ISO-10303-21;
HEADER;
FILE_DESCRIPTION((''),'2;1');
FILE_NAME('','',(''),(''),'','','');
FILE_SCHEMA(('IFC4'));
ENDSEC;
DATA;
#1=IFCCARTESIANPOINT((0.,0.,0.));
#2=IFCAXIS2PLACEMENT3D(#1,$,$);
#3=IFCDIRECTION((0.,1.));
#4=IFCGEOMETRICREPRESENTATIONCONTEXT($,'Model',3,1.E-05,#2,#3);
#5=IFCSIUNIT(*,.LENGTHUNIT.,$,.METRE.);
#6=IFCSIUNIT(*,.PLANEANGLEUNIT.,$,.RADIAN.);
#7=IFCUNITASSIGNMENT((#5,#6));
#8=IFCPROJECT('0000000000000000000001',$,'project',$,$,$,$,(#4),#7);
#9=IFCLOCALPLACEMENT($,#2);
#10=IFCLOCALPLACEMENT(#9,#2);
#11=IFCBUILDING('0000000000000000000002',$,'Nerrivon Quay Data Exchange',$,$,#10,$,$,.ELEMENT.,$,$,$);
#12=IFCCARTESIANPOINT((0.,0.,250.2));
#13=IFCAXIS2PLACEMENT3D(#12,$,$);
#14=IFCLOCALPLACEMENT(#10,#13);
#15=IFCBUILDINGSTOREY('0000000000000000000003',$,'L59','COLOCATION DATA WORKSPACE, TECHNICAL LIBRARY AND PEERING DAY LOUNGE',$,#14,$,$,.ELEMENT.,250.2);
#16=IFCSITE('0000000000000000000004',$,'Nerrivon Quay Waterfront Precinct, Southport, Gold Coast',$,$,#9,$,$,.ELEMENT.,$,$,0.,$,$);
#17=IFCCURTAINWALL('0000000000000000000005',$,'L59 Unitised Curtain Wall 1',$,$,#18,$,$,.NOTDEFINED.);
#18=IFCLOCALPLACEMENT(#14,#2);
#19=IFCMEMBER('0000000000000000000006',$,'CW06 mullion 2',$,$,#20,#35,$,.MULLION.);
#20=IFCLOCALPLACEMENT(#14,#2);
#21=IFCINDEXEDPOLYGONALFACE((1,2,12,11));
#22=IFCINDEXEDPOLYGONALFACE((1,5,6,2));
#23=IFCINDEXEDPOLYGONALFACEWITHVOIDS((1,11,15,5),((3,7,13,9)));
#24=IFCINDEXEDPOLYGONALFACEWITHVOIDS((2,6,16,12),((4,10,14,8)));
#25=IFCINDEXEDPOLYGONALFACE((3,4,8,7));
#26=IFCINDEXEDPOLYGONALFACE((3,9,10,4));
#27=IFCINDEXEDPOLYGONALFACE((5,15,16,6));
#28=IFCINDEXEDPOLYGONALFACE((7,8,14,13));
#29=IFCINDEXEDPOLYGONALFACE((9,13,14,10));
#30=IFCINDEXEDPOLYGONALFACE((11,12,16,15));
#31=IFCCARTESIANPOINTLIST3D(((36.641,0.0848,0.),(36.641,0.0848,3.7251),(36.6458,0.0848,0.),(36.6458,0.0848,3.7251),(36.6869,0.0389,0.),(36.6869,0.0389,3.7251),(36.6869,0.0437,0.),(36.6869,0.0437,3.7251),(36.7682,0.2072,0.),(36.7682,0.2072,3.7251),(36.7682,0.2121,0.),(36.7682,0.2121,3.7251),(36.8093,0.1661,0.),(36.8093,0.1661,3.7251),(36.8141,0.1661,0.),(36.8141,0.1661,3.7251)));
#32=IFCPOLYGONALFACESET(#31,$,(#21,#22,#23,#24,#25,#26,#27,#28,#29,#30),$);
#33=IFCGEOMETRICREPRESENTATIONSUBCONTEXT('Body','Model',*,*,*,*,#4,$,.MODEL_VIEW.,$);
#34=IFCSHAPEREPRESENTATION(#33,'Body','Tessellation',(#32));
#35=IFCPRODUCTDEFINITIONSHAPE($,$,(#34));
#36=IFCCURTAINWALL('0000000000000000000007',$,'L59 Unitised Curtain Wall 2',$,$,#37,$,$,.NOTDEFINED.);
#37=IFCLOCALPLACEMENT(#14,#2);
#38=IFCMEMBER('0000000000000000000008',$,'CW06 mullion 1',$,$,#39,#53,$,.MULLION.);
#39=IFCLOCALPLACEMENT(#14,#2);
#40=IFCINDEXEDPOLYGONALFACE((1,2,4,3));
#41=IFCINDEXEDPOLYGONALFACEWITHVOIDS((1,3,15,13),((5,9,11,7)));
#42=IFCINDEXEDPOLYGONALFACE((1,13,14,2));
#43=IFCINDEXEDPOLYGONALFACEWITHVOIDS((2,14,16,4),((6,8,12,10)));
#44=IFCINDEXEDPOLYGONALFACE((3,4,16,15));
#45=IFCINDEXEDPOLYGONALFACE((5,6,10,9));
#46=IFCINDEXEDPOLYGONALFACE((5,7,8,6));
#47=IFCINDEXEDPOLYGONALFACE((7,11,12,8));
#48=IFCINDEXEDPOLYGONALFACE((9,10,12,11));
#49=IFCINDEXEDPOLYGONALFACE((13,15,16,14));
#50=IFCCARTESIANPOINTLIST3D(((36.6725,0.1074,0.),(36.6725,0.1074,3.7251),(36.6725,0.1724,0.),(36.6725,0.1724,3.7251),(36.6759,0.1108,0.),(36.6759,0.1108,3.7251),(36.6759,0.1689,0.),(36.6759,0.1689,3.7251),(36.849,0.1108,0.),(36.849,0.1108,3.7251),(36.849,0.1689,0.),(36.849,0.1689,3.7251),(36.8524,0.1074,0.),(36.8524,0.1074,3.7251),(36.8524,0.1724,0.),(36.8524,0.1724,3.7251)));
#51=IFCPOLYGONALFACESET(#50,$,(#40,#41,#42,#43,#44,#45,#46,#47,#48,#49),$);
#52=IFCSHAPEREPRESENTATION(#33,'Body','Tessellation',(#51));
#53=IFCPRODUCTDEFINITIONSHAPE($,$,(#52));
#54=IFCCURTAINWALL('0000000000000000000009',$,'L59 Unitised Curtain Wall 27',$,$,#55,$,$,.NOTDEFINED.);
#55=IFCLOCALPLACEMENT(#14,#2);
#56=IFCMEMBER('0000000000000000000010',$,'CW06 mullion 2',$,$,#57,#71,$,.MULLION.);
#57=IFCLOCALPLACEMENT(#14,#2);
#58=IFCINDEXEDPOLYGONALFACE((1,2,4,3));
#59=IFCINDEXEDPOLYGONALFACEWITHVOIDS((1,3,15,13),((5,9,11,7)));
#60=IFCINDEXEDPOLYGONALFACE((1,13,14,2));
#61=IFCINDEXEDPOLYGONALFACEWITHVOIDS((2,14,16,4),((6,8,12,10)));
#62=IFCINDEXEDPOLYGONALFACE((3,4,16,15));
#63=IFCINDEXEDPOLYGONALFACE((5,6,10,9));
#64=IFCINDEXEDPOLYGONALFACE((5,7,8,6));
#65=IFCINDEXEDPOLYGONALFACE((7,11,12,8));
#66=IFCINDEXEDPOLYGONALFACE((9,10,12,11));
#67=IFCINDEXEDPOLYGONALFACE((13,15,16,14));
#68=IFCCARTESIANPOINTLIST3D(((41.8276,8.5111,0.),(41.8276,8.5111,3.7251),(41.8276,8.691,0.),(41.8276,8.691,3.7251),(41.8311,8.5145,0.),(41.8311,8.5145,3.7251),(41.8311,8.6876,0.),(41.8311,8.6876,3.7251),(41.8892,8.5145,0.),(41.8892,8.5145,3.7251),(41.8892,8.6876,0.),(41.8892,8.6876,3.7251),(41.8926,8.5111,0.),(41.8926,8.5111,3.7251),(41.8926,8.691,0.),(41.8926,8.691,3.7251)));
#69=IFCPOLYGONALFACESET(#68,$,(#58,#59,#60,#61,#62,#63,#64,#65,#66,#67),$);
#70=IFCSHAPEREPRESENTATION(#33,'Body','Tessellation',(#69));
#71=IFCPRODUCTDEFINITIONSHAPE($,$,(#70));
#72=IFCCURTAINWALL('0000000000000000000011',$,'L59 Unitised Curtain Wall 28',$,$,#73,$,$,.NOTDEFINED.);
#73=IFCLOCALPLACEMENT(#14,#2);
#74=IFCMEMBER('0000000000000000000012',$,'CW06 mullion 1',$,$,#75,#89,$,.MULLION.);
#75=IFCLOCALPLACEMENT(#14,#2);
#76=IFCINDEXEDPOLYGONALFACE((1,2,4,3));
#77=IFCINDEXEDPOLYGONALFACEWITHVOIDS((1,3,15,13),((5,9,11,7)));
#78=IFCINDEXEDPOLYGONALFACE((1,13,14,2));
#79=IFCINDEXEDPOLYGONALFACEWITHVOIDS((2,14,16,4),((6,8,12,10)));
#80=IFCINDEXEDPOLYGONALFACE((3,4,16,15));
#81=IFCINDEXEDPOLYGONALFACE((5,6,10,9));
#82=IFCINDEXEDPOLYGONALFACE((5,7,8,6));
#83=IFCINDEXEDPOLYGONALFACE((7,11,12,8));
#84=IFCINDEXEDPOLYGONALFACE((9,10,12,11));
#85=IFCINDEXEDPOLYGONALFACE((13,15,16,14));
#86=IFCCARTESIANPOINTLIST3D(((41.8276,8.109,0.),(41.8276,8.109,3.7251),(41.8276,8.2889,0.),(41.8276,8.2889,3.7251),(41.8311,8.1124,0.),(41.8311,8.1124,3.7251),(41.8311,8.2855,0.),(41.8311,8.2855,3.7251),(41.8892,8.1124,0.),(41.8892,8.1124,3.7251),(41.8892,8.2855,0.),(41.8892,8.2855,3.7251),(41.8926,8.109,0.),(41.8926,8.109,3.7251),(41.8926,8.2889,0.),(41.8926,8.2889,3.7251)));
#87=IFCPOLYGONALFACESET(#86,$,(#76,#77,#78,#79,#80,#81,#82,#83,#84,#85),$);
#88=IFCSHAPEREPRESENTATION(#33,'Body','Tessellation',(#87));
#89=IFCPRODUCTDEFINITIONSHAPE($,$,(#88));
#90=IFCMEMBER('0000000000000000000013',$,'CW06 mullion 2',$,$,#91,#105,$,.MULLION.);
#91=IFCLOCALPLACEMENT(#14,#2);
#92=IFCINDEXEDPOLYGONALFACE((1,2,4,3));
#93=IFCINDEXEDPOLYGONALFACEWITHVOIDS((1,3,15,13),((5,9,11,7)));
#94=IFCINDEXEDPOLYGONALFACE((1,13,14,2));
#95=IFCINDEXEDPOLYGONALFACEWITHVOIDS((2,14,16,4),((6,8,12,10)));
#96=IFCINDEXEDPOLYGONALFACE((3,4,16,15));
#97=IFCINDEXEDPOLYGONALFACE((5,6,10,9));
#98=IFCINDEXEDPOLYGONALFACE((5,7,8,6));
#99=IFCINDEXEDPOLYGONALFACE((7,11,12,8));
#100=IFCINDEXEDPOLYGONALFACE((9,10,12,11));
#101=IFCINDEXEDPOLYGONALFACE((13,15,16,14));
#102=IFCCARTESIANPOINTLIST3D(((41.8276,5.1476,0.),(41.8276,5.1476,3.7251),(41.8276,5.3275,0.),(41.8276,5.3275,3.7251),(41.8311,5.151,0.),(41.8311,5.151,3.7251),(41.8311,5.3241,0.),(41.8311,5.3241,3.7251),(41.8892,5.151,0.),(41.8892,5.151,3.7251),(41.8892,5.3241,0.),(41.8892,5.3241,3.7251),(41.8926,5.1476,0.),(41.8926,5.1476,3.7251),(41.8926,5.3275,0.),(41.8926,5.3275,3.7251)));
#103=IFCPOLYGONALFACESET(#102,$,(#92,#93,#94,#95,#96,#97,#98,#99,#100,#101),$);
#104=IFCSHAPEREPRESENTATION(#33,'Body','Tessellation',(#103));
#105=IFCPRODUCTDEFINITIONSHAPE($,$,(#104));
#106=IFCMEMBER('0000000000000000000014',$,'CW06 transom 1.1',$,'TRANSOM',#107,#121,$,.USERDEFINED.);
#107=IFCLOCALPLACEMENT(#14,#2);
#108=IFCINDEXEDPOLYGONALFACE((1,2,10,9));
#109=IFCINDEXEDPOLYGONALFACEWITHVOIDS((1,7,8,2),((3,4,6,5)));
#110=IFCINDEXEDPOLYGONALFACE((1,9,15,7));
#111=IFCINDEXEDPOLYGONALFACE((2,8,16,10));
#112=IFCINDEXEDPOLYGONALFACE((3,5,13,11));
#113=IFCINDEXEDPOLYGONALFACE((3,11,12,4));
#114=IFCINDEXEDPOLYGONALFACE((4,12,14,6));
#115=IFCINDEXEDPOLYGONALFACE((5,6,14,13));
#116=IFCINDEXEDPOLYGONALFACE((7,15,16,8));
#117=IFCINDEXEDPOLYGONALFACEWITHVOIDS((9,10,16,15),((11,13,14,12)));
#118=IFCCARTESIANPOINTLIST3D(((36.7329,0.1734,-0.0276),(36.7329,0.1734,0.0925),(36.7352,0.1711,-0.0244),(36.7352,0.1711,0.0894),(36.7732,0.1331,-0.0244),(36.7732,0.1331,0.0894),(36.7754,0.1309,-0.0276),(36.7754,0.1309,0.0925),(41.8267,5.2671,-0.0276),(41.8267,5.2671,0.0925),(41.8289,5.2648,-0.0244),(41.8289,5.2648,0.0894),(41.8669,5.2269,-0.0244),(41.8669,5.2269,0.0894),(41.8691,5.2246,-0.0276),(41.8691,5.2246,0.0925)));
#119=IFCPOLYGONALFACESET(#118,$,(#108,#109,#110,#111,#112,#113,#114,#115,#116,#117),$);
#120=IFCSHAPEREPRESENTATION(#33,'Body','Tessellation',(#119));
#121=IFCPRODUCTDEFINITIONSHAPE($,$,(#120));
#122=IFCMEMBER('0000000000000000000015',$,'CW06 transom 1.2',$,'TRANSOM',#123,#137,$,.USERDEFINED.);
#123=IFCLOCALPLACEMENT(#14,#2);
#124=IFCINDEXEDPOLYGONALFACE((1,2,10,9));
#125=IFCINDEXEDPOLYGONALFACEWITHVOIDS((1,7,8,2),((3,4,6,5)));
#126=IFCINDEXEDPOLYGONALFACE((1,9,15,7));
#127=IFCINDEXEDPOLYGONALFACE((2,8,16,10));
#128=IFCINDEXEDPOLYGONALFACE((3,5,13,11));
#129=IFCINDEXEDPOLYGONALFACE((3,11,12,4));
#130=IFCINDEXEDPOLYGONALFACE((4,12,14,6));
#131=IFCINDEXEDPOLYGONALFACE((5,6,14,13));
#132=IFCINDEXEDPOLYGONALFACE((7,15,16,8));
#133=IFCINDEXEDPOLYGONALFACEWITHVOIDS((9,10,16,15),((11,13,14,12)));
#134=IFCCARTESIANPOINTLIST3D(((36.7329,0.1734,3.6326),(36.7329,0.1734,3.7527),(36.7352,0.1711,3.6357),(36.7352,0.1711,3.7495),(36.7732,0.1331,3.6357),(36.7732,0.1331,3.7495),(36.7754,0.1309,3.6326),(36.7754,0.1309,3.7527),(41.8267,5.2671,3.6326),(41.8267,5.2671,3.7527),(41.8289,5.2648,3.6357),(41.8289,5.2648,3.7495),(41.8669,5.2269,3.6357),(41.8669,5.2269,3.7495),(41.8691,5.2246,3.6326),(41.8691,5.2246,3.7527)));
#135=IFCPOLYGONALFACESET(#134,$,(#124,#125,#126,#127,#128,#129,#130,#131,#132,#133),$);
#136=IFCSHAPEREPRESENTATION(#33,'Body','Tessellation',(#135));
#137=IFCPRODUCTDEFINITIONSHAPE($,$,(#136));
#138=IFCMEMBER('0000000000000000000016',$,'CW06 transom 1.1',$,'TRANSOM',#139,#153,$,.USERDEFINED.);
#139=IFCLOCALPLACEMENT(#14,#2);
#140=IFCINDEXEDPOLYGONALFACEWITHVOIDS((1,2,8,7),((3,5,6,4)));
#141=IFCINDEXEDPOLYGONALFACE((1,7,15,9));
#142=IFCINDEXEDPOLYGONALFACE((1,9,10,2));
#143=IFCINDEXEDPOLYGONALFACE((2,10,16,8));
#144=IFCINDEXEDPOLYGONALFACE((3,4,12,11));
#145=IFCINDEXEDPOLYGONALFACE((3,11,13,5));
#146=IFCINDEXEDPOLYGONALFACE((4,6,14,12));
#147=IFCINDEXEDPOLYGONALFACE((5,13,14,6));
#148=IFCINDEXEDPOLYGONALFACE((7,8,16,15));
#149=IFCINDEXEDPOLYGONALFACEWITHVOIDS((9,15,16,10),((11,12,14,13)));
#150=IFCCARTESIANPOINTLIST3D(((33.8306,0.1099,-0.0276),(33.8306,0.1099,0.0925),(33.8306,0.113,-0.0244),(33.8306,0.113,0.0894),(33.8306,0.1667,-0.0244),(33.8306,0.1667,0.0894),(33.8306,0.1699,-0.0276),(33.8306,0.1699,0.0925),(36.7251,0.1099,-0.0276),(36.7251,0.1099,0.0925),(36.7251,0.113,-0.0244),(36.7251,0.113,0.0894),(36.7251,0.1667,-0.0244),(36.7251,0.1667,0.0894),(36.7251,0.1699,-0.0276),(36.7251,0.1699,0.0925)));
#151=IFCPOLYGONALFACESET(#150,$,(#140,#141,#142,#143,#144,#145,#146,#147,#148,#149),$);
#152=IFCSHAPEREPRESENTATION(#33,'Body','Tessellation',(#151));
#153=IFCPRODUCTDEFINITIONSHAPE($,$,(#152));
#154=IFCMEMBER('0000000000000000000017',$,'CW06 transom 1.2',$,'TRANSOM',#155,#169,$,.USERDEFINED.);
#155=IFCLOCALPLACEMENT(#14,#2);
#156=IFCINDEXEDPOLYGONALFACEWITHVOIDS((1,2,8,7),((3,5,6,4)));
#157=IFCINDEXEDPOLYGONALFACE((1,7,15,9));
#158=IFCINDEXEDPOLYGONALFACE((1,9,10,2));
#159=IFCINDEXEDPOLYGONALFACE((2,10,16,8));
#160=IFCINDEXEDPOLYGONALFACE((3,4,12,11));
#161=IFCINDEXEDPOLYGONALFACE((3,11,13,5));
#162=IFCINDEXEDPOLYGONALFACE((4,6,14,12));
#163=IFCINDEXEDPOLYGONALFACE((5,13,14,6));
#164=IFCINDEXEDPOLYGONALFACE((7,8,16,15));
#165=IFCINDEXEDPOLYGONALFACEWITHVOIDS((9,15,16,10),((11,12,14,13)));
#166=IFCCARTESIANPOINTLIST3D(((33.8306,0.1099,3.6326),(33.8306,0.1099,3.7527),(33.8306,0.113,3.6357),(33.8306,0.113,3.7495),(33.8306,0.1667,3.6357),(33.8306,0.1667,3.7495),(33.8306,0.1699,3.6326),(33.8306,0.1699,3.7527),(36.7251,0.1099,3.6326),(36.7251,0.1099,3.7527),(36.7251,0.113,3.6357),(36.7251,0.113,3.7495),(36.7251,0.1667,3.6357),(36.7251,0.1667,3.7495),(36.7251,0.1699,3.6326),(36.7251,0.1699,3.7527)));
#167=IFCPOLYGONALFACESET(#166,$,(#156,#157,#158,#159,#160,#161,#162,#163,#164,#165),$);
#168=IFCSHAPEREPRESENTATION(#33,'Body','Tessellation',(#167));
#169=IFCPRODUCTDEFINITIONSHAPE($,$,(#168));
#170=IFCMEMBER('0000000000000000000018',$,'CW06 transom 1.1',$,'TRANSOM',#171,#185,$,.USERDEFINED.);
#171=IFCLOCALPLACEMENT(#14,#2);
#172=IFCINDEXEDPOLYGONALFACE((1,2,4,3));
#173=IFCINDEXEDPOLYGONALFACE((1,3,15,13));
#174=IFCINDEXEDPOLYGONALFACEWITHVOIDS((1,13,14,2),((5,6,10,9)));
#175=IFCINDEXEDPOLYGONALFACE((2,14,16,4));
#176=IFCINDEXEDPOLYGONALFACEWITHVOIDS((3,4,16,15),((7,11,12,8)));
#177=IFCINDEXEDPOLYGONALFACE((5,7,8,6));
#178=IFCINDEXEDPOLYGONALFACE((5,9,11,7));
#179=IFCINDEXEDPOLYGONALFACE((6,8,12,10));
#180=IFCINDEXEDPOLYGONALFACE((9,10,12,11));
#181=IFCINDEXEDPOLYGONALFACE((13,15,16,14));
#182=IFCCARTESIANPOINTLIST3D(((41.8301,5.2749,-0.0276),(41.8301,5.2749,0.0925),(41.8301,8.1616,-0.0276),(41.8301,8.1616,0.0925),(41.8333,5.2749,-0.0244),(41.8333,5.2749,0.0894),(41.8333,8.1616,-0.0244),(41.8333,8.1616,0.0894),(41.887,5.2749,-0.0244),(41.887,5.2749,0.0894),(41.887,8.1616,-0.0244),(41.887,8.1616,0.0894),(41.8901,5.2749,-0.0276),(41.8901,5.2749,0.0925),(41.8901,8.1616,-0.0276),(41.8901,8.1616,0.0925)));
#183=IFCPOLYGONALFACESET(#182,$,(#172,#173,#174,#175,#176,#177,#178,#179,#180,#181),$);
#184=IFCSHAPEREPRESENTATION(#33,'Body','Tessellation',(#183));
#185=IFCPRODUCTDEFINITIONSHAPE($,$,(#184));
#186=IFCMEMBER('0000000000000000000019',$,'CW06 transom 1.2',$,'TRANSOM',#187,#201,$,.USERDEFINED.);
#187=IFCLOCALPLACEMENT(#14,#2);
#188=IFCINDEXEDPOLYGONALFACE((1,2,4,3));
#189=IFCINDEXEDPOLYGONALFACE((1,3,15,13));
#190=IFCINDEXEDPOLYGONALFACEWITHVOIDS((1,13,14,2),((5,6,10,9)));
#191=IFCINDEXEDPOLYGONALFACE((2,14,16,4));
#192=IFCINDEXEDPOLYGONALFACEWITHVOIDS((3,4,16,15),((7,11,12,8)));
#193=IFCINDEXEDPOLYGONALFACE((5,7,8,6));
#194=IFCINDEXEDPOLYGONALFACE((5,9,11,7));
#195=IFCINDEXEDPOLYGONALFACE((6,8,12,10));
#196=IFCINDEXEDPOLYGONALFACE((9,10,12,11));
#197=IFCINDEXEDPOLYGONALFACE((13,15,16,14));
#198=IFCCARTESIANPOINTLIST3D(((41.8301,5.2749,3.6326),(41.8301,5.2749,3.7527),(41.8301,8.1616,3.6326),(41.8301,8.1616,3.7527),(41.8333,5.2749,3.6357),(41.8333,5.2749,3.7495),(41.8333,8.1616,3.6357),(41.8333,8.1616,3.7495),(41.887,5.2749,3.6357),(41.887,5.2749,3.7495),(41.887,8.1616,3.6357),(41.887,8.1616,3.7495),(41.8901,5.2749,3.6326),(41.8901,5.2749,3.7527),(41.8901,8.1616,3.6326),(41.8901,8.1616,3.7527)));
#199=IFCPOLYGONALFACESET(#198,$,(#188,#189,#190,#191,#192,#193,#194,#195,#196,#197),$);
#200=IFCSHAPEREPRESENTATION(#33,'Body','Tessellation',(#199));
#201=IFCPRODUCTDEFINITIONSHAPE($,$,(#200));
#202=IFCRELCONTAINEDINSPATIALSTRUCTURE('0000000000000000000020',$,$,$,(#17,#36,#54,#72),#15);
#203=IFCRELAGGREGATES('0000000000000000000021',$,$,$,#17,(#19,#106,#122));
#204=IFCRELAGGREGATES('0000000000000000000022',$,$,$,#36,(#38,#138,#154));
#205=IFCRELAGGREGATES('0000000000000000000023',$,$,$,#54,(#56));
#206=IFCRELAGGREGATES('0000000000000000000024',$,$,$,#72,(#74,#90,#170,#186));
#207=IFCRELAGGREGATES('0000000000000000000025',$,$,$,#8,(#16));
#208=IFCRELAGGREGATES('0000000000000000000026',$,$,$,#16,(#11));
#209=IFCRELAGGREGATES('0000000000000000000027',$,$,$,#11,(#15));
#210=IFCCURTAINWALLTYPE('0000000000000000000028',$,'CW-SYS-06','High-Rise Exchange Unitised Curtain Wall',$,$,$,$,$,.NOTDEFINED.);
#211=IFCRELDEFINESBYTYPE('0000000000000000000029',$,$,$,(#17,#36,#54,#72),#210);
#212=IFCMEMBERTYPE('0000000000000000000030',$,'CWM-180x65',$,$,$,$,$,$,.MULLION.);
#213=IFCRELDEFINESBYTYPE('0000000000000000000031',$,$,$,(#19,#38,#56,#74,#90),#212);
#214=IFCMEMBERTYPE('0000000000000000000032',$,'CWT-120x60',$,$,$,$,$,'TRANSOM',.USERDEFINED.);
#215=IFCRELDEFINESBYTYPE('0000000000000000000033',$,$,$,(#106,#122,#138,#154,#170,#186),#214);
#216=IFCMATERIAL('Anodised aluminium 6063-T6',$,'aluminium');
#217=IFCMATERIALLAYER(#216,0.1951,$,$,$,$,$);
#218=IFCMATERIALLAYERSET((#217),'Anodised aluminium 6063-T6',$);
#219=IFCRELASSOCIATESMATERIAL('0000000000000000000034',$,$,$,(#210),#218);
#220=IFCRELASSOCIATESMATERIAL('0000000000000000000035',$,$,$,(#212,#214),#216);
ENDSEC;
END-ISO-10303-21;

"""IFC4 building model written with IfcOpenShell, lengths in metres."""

from ifc_helpers import new_model, si_unit, direction, frame, origin, origin_2d, place, context, subcontext, project, spatial, hollow_rectangle, extrude, material, layer, layer_set, material_profile, profile_set, type_object, element, aggregate, save


model = new_model("IFC4")

# Units and contexts
model_context = context("Model", 3, precision=1e-05, world=origin(), true_north=direction((0.0, 1.0)))
body_context = subcontext(model_context, "Body", "Model", "MODEL_VIEW")
ifc_project = project(units=[si_unit("LENGTHUNIT", "METRE"), si_unit("PLANEANGLEUNIT", "RADIAN")], contexts=[model_context])

# Site, building, storey
site_placement = place(None, origin())
site = spatial("IfcSite", under=ifc_project, at=site_placement, Name="Nerrivon Quay Waterfront Precinct, Southport, Gold Coast", CompositionType="ELEMENT", RefElevation=0.0)
building_placement = place(site_placement, origin())
building = spatial("IfcBuilding", under=site, at=building_placement, Name="Nerrivon Quay Data Exchange", CompositionType="ELEMENT")
storey_placement = place(building_placement, frame((0.0, 0.0, 250.2)))
storey = spatial("IfcBuildingStorey", under=building, at=storey_placement, Name="L59", Description="COLOCATION DATA WORKSPACE, TECHNICAL LIBRARY AND PEERING DAY LOUNGE", CompositionType="ELEMENT", Elevation=250.2)

# Curtain wall, member
ifc_material_1 = material(Name="Anodised aluminium 6063-T6", Category="aluminium")
ifc_layer_1 = layer(ifc_material_1, 0.1951)
ifc_layer_set_1 = layer_set([ifc_layer_1], Name="Anodised aluminium 6063-T6")
curtain_wall_type = type_object("IfcCurtainWallType", Name="CW-SYS-06", Description="High-Rise Exchange Unitised Curtain Wall", PredefinedType="NOTDEFINED", material=ifc_layer_set_1)
curtain_wall_1_placement = place(storey_placement, origin())
curtain_wall_1 = element("IfcCurtainWall", 1, at=curtain_wall_1_placement, inside=storey, type_object=curtain_wall_type, Name="L59 Unitised Curtain Wall 1", PredefinedType="NOTDEFINED")
ifc_material_profile_1 = material_profile(ifc_material_1, hollow_rectangle(XDim=0.0649, YDim=0.1799, WallThickness=0.0034, at=origin_2d()), Name="ALU-MULL-180x65")
ifc_profile_set_1 = profile_set([ifc_material_profile_1], Name="Anodised aluminium 6063-T6")
member_type_1 = type_object("IfcMemberType", Name="CWM-180x65", PredefinedType="MULLION", material=ifc_profile_set_1)
member_1_placement = place(storey_placement, frame((36.7275, 0.1255, 0.0), z_axis=(0.0, 0.0, 1.0), x_axis=(0.707107, -0.707107, 0.0)))
member_1 = element("IfcMember", 2, at=member_1_placement, type_object=member_type_1, Name="CW06 mullion 2", PredefinedType="MULLION", context=body_context, shape_type="SweptSolid", body=[
    extrude(hollow_rectangle(XDim=0.0649, YDim=0.1799, WallThickness=0.0034, at=origin_2d()), origin(), (0.0, 0.0, 1.0), 3.7251),
])

# Curtain walls, members
curtain_wall_2_placement = place(storey_placement, origin())
curtain_wall_2 = element("IfcCurtainWall", 3, at=curtain_wall_2_placement, inside=storey, type_object=curtain_wall_type, Name="L59 Unitised Curtain Wall 2", PredefinedType="NOTDEFINED")
member_2_placement = place(storey_placement, frame((36.7625, 0.1399, 0.0), z_axis=(0.0, 0.0, 1.0), x_axis=(0.0, -1.0, 0.0)))
member_2 = element("IfcMember", 4, at=member_2_placement, type_object=member_type_1, Name="CW06 mullion 1", PredefinedType="MULLION", context=body_context, shape_type="SweptSolid", body=[
    extrude(hollow_rectangle(XDim=0.0649, YDim=0.1799, WallThickness=0.0034, at=origin_2d()), origin(), (0.0, 0.0, 1.0), 3.7251),
])
curtain_wall_3_placement = place(storey_placement, origin())
curtain_wall_3 = element("IfcCurtainWall", 5, at=curtain_wall_3_placement, inside=storey, type_object=curtain_wall_type, Name="L59 Unitised Curtain Wall 27", PredefinedType="NOTDEFINED")
member_3_placement = place(storey_placement, frame((41.8601, 8.6011, 0.0), z_axis=(0.0, 0.0, 1.0), x_axis=(1.0, 0.0, 0.0)))
member_3 = element("IfcMember", 6, at=member_3_placement, type_object=member_type_1, Name="CW06 mullion 2", PredefinedType="MULLION", context=body_context, shape_type="SweptSolid", body=[
    extrude(hollow_rectangle(XDim=0.0649, YDim=0.1799, WallThickness=0.0034, at=origin_2d()), origin(), (0.0, 0.0, 1.0), 3.7251),
])

# Curtain wall, members
curtain_wall_4_placement = place(storey_placement, origin())
curtain_wall_4 = element("IfcCurtainWall", 7, at=curtain_wall_4_placement, inside=storey, type_object=curtain_wall_type, Name="L59 Unitised Curtain Wall 28", PredefinedType="NOTDEFINED")
member_4_placement = place(storey_placement, frame((41.8601, 8.199, 0.0), z_axis=(0.0, 0.0, 1.0), x_axis=(1.0, 0.0, 0.0)))
member_4 = element("IfcMember", 8, at=member_4_placement, type_object=member_type_1, Name="CW06 mullion 1", PredefinedType="MULLION", context=body_context, shape_type="SweptSolid", body=[
    extrude(hollow_rectangle(XDim=0.0649, YDim=0.1799, WallThickness=0.0034, at=origin_2d()), origin(), (0.0, 0.0, 1.0), 3.7251),
])
member_5_placement = place(storey_placement, frame((41.8601, 5.2375, 0.0), z_axis=(0.0, 0.0, 1.0), x_axis=(1.0, 0.0, 0.0)))
member_5 = element("IfcMember", 9, at=member_5_placement, type_object=member_type_1, Name="CW06 mullion 2", PredefinedType="MULLION", context=body_context, shape_type="SweptSolid", body=[
    extrude(hollow_rectangle(XDim=0.0649, YDim=0.1799, WallThickness=0.0034, at=origin_2d()), origin(), (0.0, 0.0, 1.0), 3.7251),
])

# Members
ifc_material_profile_2 = material_profile(ifc_material_1, hollow_rectangle(XDim=0.0601, YDim=0.1201, WallThickness=0.0032, at=origin_2d()), Name="ALU-TRAN-120x60")
ifc_profile_set_2 = profile_set([ifc_material_profile_2], Name="Anodised aluminium 6063-T6")
member_type_2 = type_object("IfcMemberType", Name="CWT-120x60", ElementType="TRANSOM", PredefinedType="USERDEFINED", material=ifc_profile_set_2)
member_6_placement = place(storey_placement, frame((41.8479, 5.2458, 0.0325), z_axis=(-0.707107, -0.707107, 0.0), x_axis=(0.707107, -0.707107, 0.0)))
member_6 = element("IfcMember", 10, at=member_6_placement, type_object=member_type_2, Name="CW06 transom 1.1", ObjectType="TRANSOM", PredefinedType="USERDEFINED", context=body_context, shape_type="SweptSolid", body=[
    extrude(hollow_rectangle(XDim=0.0601, YDim=0.1201, WallThickness=0.0032, at=origin_2d()), origin(), (0.0, 0.0, 1.0), 7.2036),
])
member_7_placement = place(storey_placement, frame((41.8479, 5.2458, 3.6926), z_axis=(-0.707107, -0.707107, 0.0), x_axis=(0.707107, -0.707107, 0.0)))
member_7 = element("IfcMember", 11, at=member_7_placement, type_object=member_type_2, Name="CW06 transom 1.2", ObjectType="TRANSOM", PredefinedType="USERDEFINED", context=body_context, shape_type="SweptSolid", body=[
    extrude(hollow_rectangle(XDim=0.0601, YDim=0.1201, WallThickness=0.0032, at=origin_2d()), origin(), (0.0, 0.0, 1.0), 7.2036),
])
member_8_placement = place(storey_placement, frame((36.7251, 0.1399, 0.0325), z_axis=(-1.0, 0.0, 0.0), x_axis=(0.0, -1.0, 0.0)))
member_8 = element("IfcMember", 12, at=member_8_placement, type_object=member_type_2, Name="CW06 transom 1.1", ObjectType="TRANSOM", PredefinedType="USERDEFINED", context=body_context, shape_type="SweptSolid", body=[
    extrude(hollow_rectangle(XDim=0.0601, YDim=0.1201, WallThickness=0.0032, at=origin_2d()), origin(), (0.0, 0.0, 1.0), 2.8945),
])
member_9_placement = place(storey_placement, frame((36.7251, 0.1399, 3.6926), z_axis=(-1.0, 0.0, 0.0), x_axis=(0.0, -1.0, 0.0)))
member_9 = element("IfcMember", 13, at=member_9_placement, type_object=member_type_2, Name="CW06 transom 1.2", ObjectType="TRANSOM", PredefinedType="USERDEFINED", context=body_context, shape_type="SweptSolid", body=[
    extrude(hollow_rectangle(XDim=0.0601, YDim=0.1201, WallThickness=0.0032, at=origin_2d()), origin(), (0.0, 0.0, 1.0), 2.8945),
])
member_10_placement = place(storey_placement, frame((41.8601, 8.1616, 0.0325), z_axis=(0.0, -1.0, 0.0), x_axis=(1.0, 0.0, 0.0)))
member_10 = element("IfcMember", 14, at=member_10_placement, type_object=member_type_2, Name="CW06 transom 1.1", ObjectType="TRANSOM", PredefinedType="USERDEFINED", context=body_context, shape_type="SweptSolid", body=[
    extrude(hollow_rectangle(XDim=0.0601, YDim=0.1201, WallThickness=0.0032, at=origin_2d()), origin(), (0.0, 0.0, 1.0), 2.8867),
])
member_11_placement = place(storey_placement, frame((41.8601, 8.1616, 3.6926), z_axis=(0.0, -1.0, 0.0), x_axis=(1.0, 0.0, 0.0)))
member_11 = element("IfcMember", 15, at=member_11_placement, type_object=member_type_2, Name="CW06 transom 1.2", ObjectType="TRANSOM", PredefinedType="USERDEFINED", context=body_context, shape_type="SweptSolid", body=[
    extrude(hollow_rectangle(XDim=0.0601, YDim=0.1201, WallThickness=0.0032, at=origin_2d()), origin(), (0.0, 0.0, 1.0), 2.8867),
])

aggregate(curtain_wall_1, [member_1, member_6, member_7])
aggregate(curtain_wall_2, [member_2, member_8, member_9])
aggregate(curtain_wall_3, [member_3])
aggregate(curtain_wall_4, [member_4, member_5, member_10, member_11])

save(model, "model.ifc")
